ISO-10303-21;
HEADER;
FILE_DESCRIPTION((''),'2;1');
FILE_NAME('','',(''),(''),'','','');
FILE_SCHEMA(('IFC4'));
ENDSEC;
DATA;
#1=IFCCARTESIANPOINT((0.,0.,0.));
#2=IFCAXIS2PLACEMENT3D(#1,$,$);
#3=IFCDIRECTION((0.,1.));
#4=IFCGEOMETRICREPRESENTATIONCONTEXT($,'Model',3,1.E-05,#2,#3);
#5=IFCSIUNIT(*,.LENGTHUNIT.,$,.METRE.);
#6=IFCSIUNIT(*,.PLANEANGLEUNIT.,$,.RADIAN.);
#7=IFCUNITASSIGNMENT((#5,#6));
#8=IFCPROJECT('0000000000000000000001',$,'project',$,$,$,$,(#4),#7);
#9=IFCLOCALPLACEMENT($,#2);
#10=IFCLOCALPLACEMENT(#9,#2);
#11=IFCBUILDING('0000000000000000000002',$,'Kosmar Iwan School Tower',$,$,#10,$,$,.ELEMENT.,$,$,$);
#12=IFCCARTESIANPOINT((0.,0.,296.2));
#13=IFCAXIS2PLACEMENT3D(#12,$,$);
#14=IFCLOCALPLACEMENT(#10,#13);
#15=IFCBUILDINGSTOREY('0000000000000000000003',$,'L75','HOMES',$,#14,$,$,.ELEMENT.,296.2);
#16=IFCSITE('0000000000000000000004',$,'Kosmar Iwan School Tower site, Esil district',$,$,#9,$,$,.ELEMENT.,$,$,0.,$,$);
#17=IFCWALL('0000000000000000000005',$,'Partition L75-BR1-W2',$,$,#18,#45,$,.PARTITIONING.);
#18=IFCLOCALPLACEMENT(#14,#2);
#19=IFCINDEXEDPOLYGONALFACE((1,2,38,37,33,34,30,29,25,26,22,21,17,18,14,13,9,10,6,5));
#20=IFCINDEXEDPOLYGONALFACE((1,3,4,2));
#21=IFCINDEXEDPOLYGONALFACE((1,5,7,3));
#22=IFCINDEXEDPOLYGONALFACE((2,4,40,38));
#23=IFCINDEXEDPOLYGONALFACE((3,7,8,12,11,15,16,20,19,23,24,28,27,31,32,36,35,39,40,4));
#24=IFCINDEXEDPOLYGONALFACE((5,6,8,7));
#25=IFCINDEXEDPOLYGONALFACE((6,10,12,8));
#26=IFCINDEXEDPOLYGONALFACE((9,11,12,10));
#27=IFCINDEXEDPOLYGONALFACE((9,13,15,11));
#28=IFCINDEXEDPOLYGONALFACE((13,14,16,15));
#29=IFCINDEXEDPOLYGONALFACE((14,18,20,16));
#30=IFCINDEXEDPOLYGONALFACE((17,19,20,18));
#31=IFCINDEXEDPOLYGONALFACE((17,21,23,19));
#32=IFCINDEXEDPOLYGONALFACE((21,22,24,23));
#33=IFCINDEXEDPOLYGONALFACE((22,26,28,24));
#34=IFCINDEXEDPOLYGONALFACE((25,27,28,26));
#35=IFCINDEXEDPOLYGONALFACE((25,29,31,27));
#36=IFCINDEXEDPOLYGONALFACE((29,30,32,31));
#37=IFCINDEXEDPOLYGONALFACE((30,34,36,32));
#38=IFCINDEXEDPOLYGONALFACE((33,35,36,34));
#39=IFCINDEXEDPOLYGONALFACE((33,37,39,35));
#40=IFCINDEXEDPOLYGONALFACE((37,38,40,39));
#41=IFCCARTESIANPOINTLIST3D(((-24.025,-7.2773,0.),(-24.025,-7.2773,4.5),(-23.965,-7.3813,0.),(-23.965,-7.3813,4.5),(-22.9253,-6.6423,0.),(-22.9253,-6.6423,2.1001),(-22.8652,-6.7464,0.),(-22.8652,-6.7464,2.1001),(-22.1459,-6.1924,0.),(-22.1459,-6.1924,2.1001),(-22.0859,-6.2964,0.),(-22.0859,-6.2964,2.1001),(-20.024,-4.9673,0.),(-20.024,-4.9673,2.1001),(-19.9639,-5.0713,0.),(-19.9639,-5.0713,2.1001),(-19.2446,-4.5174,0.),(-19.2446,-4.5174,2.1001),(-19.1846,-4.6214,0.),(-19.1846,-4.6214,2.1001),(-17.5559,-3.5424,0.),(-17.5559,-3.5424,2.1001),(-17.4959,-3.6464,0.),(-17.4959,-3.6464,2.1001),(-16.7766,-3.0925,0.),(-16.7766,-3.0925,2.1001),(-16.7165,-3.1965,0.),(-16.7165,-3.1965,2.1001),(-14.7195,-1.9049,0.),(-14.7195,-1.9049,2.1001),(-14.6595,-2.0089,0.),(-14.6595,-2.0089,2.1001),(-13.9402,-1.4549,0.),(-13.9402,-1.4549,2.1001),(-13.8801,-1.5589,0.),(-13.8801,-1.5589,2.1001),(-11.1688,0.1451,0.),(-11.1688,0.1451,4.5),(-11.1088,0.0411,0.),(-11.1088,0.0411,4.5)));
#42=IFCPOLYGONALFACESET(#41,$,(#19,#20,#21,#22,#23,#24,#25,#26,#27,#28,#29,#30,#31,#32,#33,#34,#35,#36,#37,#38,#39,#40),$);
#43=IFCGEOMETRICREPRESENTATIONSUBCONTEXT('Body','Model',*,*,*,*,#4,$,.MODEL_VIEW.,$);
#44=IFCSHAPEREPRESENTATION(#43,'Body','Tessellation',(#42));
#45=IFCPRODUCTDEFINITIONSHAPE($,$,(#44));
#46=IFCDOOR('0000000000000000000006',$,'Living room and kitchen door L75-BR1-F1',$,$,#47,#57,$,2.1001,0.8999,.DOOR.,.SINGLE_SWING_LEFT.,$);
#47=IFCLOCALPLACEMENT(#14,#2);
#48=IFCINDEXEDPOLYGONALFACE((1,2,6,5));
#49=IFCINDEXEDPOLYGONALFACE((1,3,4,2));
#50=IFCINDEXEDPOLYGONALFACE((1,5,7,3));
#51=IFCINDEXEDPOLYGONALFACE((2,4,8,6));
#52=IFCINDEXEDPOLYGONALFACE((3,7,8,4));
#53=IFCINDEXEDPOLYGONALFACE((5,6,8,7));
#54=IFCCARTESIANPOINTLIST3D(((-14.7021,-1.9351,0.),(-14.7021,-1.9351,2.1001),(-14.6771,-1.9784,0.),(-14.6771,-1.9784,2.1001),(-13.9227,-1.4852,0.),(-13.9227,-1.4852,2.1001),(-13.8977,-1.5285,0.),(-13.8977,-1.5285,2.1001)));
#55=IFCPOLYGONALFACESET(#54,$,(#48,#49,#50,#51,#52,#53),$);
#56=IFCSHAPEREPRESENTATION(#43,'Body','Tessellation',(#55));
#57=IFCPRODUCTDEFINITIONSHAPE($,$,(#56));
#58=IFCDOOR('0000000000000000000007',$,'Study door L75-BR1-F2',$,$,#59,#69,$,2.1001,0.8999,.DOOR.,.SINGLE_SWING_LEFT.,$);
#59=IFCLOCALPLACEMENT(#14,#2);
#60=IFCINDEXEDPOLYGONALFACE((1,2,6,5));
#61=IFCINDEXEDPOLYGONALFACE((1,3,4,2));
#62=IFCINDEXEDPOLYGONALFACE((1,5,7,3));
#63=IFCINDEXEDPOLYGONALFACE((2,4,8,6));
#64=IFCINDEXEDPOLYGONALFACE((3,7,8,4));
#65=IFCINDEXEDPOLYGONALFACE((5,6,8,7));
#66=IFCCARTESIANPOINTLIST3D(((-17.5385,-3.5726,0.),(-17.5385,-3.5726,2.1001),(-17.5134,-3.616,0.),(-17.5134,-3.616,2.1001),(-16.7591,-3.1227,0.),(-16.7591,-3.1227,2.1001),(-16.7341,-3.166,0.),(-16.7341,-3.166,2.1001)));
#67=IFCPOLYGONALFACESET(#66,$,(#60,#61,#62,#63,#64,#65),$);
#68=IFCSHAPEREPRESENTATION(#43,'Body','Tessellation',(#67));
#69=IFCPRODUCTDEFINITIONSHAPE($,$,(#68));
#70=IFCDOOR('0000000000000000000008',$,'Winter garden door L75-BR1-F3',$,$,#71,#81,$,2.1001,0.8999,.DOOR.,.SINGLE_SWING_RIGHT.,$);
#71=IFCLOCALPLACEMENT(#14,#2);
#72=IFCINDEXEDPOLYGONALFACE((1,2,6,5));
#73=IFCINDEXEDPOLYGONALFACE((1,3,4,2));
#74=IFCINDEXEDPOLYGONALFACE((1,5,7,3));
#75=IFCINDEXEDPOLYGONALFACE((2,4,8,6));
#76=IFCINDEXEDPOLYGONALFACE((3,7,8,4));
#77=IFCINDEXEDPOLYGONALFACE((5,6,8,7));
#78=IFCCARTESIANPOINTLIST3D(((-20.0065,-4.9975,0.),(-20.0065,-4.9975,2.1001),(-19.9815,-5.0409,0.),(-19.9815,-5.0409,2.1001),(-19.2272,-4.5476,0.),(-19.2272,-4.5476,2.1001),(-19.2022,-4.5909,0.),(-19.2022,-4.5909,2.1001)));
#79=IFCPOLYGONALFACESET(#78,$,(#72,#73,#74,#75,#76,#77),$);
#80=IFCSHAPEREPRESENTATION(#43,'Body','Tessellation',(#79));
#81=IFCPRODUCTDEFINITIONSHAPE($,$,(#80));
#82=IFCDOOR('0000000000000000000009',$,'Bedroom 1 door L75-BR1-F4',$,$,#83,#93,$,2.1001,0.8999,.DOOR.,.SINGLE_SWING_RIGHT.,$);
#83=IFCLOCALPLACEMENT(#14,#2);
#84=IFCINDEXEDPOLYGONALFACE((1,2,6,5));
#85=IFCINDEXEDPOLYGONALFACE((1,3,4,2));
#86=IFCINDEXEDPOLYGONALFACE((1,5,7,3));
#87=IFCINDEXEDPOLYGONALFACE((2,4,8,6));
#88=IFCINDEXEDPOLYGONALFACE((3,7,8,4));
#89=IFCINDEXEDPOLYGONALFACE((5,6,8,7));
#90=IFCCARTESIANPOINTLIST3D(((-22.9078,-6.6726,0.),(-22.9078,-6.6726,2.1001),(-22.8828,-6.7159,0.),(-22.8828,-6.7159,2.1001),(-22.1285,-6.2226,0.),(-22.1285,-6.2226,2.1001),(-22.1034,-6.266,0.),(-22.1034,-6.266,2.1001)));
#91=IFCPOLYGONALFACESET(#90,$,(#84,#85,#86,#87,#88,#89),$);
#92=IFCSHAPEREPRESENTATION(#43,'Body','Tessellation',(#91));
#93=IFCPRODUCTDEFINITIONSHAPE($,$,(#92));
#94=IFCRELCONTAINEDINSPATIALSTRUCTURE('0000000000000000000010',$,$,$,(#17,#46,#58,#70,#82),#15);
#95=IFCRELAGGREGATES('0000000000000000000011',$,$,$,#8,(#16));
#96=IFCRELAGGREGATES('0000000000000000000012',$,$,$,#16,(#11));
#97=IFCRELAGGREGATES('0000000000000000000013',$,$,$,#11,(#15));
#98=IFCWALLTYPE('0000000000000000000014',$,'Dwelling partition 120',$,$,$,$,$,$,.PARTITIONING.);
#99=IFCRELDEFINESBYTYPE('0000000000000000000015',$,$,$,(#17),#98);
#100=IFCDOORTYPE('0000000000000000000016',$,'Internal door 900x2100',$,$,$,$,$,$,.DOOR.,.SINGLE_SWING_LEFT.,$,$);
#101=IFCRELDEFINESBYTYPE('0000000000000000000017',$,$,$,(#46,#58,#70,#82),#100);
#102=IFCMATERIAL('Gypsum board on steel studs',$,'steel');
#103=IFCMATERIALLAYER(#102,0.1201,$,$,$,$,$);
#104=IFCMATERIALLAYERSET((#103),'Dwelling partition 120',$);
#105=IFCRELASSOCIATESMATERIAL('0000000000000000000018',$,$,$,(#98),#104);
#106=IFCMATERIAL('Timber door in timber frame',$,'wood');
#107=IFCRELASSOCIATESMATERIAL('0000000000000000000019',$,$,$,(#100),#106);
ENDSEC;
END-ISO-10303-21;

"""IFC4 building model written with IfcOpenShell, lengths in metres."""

from ifc_helpers import new_model, si_unit, direction, frame, frame_2d, origin, place, context, subcontext, project, spatial, rectangle, extrude, material, layer, layer_set, type_object, element, fill, save


model = new_model("IFC4")

# Units and contexts
model_context = context("Model", 3, precision=1e-05, world=origin(), true_north=direction((0.0, 1.0)))
body_context = subcontext(model_context, "Body", "Model", "MODEL_VIEW")
ifc_project = project(units=[si_unit("LENGTHUNIT", "METRE"), si_unit("PLANEANGLEUNIT", "RADIAN")], contexts=[model_context])

# Site, building, storey
site_placement = place(None, origin())
site = spatial("IfcSite", under=ifc_project, at=site_placement, Name="Kosmar Iwan School Tower site, Esil district", CompositionType="ELEMENT", RefElevation=0.0)
building_placement = place(site_placement, origin())
building = spatial("IfcBuilding", under=site, at=building_placement, Name="Kosmar Iwan School Tower", CompositionType="ELEMENT")
storey_placement = place(building_placement, frame((0.0, 0.0, 296.2)))
storey = spatial("IfcBuildingStorey", under=building, at=storey_placement, Name="L75", Description="HOMES", CompositionType="ELEMENT", Elevation=296.2)

# Wall, openings, doors
ifc_material_1 = material(Name="Gypsum board on steel studs", Category="steel")
ifc_layer_1 = layer(ifc_material_1, 0.1201)
ifc_layer_set_1 = layer_set([ifc_layer_1], Name="Dwelling partition 120")
wall_type_1 = type_object("IfcWallType", Name="Dwelling partition 120", PredefinedType="PARTITIONING", material=ifc_layer_set_1)
wall_1_placement = place(storey_placement, frame((-11.1389, 0.093, 0.0), z_axis=(0.0, 0.0, 1.0), x_axis=(-0.86603, -0.499992, 0.0)))
wall_1 = element("IfcWall", 1, at=wall_1_placement, inside=storey, type_object=wall_type_1, Name="Partition L75-BR1-W2", PredefinedType="PARTITIONING", context=body_context, shape_type="SweptSolid", body=[
    extrude(rectangle(XDim=14.845, YDim=0.1201, at=frame_2d((7.4224, 0.0))), origin(), (0.0, 0.0, 1.0), 4.5),
])
opening_1_placement = place(wall_1_placement, frame((3.2, 0.0, 0.0)))
opening_1 = element("IfcOpeningElement", 2, at=opening_1_placement, cuts=wall_1, PredefinedType="OPENING", context=body_context, shape_type="SweptSolid", body=[
    extrude(rectangle(XDim=0.8999, YDim=2.1001, at=frame_2d((0.45, 1.05))), frame((0.0, 0.072, 0.0), z_axis=(0.0, -1.0, 0.0), x_axis=(1.0, 0.0, 0.0)), (0.0, 0.0, 1.0), 0.144),
])
opening_2_placement = place(wall_1_placement, frame((6.4751, 0.0, 0.0)))
opening_2 = element("IfcOpeningElement", 3, at=opening_2_placement, cuts=wall_1, PredefinedType="OPENING", context=body_context, shape_type="SweptSolid", body=[
    extrude(rectangle(XDim=0.8999, YDim=2.1001, at=frame_2d((0.45, 1.05))), frame((0.0, 0.072, 0.0), z_axis=(0.0, -1.0, 0.0), x_axis=(1.0, 0.0, 0.0)), (0.0, 0.0, 1.0), 0.144),
])
opening_3_placement = place(wall_1_placement, frame((9.325, 0.0, 0.0)))
opening_3 = element("IfcOpeningElement", 4, at=opening_3_placement, cuts=wall_1, PredefinedType="OPENING", context=body_context, shape_type="SweptSolid", body=[
    extrude(rectangle(XDim=0.8999, YDim=2.1001, at=frame_2d((0.45, 1.05))), frame((0.0, 0.072, 0.0), z_axis=(0.0, -1.0, 0.0), x_axis=(1.0, 0.0, 0.0)), (0.0, 0.0, 1.0), 0.144),
])
opening_4_placement = place(wall_1_placement, frame((12.675, 0.0, 0.0)))
opening_4 = element("IfcOpeningElement", 5, at=opening_4_placement, cuts=wall_1, PredefinedType="OPENING", context=body_context, shape_type="SweptSolid", body=[
    extrude(rectangle(XDim=0.8999, YDim=2.1001, at=frame_2d((0.45, 1.05))), frame((0.0, 0.072, 0.0), z_axis=(0.0, -1.0, 0.0), x_axis=(1.0, 0.0, 0.0)), (0.0, 0.0, 1.0), 0.144),
])
ifc_material_2 = material(Name="Timber door in timber frame", Category="wood")
door_type = type_object("IfcDoorType", Name="Internal door 900x2100", OperationType="SINGLE_SWING_LEFT", PredefinedType="DOOR", material=ifc_material_2)
door_1_placement = place(opening_1_placement, origin())
door_1 = element("IfcDoor", 6, at=door_1_placement, inside=storey, type_object=door_type, Name="Living room and kitchen door L75-BR1-F1", OperationType="SINGLE_SWING_LEFT", OverallHeight=2.1001, OverallWidth=0.8999, PredefinedType="DOOR", context=body_context, shape_type="SweptSolid", body=[
    extrude(rectangle(XDim=0.8999, YDim=2.1001, at=frame_2d((0.45, 1.05))), frame((0.0, 0.0249, 0.0), z_axis=(0.0, -1.0, 0.0), x_axis=(1.0, 0.0, 0.0)), (0.0, 0.0, 1.0), 0.05),
])
fill(opening_1, door_1)
door_2_placement = place(opening_2_placement, origin())
door_2 = element("IfcDoor", 7, at=door_2_placement, inside=storey, type_object=door_type, Name="Study door L75-BR1-F2", OperationType="SINGLE_SWING_LEFT", OverallHeight=2.1001, OverallWidth=0.8999, PredefinedType="DOOR", context=body_context, shape_type="SweptSolid", body=[
    extrude(rectangle(XDim=0.8999, YDim=2.1001, at=frame_2d((0.45, 1.05))), frame((0.0, 0.0249, 0.0), z_axis=(0.0, -1.0, 0.0), x_axis=(1.0, 0.0, 0.0)), (0.0, 0.0, 1.0), 0.05),
])
fill(opening_2, door_2)
door_3_placement = place(opening_3_placement, origin())
door_3 = element("IfcDoor", 8, at=door_3_placement, inside=storey, type_object=door_type, Name="Winter garden door L75-BR1-F3", OperationType="SINGLE_SWING_RIGHT", OverallHeight=2.1001, OverallWidth=0.8999, PredefinedType="DOOR", context=body_context, shape_type="SweptSolid", body=[
    extrude(rectangle(XDim=0.8999, YDim=2.1001, at=frame_2d((0.45, 1.05))), frame((0.0, 0.0249, 0.0), z_axis=(0.0, -1.0, 0.0), x_axis=(1.0, 0.0, 0.0)), (0.0, 0.0, 1.0), 0.05),
])
fill(opening_3, door_3)
door_4_placement = place(opening_4_placement, origin())
door_4 = element("IfcDoor", 9, at=door_4_placement, inside=storey, type_object=door_type, Name="Bedroom 1 door L75-BR1-F4", OperationType="SINGLE_SWING_RIGHT", OverallHeight=2.1001, OverallWidth=0.8999, PredefinedType="DOOR", context=body_context, shape_type="SweptSolid", body=[
    extrude(rectangle(XDim=0.8999, YDim=2.1001, at=frame_2d((0.45, 1.05))), frame((0.0, 0.0249, 0.0), z_axis=(0.0, -1.0, 0.0), x_axis=(1.0, 0.0, 0.0)), (0.0, 0.0, 1.0), 0.05),
])
fill(opening_4, door_4)

save(model, "model.ifc")
